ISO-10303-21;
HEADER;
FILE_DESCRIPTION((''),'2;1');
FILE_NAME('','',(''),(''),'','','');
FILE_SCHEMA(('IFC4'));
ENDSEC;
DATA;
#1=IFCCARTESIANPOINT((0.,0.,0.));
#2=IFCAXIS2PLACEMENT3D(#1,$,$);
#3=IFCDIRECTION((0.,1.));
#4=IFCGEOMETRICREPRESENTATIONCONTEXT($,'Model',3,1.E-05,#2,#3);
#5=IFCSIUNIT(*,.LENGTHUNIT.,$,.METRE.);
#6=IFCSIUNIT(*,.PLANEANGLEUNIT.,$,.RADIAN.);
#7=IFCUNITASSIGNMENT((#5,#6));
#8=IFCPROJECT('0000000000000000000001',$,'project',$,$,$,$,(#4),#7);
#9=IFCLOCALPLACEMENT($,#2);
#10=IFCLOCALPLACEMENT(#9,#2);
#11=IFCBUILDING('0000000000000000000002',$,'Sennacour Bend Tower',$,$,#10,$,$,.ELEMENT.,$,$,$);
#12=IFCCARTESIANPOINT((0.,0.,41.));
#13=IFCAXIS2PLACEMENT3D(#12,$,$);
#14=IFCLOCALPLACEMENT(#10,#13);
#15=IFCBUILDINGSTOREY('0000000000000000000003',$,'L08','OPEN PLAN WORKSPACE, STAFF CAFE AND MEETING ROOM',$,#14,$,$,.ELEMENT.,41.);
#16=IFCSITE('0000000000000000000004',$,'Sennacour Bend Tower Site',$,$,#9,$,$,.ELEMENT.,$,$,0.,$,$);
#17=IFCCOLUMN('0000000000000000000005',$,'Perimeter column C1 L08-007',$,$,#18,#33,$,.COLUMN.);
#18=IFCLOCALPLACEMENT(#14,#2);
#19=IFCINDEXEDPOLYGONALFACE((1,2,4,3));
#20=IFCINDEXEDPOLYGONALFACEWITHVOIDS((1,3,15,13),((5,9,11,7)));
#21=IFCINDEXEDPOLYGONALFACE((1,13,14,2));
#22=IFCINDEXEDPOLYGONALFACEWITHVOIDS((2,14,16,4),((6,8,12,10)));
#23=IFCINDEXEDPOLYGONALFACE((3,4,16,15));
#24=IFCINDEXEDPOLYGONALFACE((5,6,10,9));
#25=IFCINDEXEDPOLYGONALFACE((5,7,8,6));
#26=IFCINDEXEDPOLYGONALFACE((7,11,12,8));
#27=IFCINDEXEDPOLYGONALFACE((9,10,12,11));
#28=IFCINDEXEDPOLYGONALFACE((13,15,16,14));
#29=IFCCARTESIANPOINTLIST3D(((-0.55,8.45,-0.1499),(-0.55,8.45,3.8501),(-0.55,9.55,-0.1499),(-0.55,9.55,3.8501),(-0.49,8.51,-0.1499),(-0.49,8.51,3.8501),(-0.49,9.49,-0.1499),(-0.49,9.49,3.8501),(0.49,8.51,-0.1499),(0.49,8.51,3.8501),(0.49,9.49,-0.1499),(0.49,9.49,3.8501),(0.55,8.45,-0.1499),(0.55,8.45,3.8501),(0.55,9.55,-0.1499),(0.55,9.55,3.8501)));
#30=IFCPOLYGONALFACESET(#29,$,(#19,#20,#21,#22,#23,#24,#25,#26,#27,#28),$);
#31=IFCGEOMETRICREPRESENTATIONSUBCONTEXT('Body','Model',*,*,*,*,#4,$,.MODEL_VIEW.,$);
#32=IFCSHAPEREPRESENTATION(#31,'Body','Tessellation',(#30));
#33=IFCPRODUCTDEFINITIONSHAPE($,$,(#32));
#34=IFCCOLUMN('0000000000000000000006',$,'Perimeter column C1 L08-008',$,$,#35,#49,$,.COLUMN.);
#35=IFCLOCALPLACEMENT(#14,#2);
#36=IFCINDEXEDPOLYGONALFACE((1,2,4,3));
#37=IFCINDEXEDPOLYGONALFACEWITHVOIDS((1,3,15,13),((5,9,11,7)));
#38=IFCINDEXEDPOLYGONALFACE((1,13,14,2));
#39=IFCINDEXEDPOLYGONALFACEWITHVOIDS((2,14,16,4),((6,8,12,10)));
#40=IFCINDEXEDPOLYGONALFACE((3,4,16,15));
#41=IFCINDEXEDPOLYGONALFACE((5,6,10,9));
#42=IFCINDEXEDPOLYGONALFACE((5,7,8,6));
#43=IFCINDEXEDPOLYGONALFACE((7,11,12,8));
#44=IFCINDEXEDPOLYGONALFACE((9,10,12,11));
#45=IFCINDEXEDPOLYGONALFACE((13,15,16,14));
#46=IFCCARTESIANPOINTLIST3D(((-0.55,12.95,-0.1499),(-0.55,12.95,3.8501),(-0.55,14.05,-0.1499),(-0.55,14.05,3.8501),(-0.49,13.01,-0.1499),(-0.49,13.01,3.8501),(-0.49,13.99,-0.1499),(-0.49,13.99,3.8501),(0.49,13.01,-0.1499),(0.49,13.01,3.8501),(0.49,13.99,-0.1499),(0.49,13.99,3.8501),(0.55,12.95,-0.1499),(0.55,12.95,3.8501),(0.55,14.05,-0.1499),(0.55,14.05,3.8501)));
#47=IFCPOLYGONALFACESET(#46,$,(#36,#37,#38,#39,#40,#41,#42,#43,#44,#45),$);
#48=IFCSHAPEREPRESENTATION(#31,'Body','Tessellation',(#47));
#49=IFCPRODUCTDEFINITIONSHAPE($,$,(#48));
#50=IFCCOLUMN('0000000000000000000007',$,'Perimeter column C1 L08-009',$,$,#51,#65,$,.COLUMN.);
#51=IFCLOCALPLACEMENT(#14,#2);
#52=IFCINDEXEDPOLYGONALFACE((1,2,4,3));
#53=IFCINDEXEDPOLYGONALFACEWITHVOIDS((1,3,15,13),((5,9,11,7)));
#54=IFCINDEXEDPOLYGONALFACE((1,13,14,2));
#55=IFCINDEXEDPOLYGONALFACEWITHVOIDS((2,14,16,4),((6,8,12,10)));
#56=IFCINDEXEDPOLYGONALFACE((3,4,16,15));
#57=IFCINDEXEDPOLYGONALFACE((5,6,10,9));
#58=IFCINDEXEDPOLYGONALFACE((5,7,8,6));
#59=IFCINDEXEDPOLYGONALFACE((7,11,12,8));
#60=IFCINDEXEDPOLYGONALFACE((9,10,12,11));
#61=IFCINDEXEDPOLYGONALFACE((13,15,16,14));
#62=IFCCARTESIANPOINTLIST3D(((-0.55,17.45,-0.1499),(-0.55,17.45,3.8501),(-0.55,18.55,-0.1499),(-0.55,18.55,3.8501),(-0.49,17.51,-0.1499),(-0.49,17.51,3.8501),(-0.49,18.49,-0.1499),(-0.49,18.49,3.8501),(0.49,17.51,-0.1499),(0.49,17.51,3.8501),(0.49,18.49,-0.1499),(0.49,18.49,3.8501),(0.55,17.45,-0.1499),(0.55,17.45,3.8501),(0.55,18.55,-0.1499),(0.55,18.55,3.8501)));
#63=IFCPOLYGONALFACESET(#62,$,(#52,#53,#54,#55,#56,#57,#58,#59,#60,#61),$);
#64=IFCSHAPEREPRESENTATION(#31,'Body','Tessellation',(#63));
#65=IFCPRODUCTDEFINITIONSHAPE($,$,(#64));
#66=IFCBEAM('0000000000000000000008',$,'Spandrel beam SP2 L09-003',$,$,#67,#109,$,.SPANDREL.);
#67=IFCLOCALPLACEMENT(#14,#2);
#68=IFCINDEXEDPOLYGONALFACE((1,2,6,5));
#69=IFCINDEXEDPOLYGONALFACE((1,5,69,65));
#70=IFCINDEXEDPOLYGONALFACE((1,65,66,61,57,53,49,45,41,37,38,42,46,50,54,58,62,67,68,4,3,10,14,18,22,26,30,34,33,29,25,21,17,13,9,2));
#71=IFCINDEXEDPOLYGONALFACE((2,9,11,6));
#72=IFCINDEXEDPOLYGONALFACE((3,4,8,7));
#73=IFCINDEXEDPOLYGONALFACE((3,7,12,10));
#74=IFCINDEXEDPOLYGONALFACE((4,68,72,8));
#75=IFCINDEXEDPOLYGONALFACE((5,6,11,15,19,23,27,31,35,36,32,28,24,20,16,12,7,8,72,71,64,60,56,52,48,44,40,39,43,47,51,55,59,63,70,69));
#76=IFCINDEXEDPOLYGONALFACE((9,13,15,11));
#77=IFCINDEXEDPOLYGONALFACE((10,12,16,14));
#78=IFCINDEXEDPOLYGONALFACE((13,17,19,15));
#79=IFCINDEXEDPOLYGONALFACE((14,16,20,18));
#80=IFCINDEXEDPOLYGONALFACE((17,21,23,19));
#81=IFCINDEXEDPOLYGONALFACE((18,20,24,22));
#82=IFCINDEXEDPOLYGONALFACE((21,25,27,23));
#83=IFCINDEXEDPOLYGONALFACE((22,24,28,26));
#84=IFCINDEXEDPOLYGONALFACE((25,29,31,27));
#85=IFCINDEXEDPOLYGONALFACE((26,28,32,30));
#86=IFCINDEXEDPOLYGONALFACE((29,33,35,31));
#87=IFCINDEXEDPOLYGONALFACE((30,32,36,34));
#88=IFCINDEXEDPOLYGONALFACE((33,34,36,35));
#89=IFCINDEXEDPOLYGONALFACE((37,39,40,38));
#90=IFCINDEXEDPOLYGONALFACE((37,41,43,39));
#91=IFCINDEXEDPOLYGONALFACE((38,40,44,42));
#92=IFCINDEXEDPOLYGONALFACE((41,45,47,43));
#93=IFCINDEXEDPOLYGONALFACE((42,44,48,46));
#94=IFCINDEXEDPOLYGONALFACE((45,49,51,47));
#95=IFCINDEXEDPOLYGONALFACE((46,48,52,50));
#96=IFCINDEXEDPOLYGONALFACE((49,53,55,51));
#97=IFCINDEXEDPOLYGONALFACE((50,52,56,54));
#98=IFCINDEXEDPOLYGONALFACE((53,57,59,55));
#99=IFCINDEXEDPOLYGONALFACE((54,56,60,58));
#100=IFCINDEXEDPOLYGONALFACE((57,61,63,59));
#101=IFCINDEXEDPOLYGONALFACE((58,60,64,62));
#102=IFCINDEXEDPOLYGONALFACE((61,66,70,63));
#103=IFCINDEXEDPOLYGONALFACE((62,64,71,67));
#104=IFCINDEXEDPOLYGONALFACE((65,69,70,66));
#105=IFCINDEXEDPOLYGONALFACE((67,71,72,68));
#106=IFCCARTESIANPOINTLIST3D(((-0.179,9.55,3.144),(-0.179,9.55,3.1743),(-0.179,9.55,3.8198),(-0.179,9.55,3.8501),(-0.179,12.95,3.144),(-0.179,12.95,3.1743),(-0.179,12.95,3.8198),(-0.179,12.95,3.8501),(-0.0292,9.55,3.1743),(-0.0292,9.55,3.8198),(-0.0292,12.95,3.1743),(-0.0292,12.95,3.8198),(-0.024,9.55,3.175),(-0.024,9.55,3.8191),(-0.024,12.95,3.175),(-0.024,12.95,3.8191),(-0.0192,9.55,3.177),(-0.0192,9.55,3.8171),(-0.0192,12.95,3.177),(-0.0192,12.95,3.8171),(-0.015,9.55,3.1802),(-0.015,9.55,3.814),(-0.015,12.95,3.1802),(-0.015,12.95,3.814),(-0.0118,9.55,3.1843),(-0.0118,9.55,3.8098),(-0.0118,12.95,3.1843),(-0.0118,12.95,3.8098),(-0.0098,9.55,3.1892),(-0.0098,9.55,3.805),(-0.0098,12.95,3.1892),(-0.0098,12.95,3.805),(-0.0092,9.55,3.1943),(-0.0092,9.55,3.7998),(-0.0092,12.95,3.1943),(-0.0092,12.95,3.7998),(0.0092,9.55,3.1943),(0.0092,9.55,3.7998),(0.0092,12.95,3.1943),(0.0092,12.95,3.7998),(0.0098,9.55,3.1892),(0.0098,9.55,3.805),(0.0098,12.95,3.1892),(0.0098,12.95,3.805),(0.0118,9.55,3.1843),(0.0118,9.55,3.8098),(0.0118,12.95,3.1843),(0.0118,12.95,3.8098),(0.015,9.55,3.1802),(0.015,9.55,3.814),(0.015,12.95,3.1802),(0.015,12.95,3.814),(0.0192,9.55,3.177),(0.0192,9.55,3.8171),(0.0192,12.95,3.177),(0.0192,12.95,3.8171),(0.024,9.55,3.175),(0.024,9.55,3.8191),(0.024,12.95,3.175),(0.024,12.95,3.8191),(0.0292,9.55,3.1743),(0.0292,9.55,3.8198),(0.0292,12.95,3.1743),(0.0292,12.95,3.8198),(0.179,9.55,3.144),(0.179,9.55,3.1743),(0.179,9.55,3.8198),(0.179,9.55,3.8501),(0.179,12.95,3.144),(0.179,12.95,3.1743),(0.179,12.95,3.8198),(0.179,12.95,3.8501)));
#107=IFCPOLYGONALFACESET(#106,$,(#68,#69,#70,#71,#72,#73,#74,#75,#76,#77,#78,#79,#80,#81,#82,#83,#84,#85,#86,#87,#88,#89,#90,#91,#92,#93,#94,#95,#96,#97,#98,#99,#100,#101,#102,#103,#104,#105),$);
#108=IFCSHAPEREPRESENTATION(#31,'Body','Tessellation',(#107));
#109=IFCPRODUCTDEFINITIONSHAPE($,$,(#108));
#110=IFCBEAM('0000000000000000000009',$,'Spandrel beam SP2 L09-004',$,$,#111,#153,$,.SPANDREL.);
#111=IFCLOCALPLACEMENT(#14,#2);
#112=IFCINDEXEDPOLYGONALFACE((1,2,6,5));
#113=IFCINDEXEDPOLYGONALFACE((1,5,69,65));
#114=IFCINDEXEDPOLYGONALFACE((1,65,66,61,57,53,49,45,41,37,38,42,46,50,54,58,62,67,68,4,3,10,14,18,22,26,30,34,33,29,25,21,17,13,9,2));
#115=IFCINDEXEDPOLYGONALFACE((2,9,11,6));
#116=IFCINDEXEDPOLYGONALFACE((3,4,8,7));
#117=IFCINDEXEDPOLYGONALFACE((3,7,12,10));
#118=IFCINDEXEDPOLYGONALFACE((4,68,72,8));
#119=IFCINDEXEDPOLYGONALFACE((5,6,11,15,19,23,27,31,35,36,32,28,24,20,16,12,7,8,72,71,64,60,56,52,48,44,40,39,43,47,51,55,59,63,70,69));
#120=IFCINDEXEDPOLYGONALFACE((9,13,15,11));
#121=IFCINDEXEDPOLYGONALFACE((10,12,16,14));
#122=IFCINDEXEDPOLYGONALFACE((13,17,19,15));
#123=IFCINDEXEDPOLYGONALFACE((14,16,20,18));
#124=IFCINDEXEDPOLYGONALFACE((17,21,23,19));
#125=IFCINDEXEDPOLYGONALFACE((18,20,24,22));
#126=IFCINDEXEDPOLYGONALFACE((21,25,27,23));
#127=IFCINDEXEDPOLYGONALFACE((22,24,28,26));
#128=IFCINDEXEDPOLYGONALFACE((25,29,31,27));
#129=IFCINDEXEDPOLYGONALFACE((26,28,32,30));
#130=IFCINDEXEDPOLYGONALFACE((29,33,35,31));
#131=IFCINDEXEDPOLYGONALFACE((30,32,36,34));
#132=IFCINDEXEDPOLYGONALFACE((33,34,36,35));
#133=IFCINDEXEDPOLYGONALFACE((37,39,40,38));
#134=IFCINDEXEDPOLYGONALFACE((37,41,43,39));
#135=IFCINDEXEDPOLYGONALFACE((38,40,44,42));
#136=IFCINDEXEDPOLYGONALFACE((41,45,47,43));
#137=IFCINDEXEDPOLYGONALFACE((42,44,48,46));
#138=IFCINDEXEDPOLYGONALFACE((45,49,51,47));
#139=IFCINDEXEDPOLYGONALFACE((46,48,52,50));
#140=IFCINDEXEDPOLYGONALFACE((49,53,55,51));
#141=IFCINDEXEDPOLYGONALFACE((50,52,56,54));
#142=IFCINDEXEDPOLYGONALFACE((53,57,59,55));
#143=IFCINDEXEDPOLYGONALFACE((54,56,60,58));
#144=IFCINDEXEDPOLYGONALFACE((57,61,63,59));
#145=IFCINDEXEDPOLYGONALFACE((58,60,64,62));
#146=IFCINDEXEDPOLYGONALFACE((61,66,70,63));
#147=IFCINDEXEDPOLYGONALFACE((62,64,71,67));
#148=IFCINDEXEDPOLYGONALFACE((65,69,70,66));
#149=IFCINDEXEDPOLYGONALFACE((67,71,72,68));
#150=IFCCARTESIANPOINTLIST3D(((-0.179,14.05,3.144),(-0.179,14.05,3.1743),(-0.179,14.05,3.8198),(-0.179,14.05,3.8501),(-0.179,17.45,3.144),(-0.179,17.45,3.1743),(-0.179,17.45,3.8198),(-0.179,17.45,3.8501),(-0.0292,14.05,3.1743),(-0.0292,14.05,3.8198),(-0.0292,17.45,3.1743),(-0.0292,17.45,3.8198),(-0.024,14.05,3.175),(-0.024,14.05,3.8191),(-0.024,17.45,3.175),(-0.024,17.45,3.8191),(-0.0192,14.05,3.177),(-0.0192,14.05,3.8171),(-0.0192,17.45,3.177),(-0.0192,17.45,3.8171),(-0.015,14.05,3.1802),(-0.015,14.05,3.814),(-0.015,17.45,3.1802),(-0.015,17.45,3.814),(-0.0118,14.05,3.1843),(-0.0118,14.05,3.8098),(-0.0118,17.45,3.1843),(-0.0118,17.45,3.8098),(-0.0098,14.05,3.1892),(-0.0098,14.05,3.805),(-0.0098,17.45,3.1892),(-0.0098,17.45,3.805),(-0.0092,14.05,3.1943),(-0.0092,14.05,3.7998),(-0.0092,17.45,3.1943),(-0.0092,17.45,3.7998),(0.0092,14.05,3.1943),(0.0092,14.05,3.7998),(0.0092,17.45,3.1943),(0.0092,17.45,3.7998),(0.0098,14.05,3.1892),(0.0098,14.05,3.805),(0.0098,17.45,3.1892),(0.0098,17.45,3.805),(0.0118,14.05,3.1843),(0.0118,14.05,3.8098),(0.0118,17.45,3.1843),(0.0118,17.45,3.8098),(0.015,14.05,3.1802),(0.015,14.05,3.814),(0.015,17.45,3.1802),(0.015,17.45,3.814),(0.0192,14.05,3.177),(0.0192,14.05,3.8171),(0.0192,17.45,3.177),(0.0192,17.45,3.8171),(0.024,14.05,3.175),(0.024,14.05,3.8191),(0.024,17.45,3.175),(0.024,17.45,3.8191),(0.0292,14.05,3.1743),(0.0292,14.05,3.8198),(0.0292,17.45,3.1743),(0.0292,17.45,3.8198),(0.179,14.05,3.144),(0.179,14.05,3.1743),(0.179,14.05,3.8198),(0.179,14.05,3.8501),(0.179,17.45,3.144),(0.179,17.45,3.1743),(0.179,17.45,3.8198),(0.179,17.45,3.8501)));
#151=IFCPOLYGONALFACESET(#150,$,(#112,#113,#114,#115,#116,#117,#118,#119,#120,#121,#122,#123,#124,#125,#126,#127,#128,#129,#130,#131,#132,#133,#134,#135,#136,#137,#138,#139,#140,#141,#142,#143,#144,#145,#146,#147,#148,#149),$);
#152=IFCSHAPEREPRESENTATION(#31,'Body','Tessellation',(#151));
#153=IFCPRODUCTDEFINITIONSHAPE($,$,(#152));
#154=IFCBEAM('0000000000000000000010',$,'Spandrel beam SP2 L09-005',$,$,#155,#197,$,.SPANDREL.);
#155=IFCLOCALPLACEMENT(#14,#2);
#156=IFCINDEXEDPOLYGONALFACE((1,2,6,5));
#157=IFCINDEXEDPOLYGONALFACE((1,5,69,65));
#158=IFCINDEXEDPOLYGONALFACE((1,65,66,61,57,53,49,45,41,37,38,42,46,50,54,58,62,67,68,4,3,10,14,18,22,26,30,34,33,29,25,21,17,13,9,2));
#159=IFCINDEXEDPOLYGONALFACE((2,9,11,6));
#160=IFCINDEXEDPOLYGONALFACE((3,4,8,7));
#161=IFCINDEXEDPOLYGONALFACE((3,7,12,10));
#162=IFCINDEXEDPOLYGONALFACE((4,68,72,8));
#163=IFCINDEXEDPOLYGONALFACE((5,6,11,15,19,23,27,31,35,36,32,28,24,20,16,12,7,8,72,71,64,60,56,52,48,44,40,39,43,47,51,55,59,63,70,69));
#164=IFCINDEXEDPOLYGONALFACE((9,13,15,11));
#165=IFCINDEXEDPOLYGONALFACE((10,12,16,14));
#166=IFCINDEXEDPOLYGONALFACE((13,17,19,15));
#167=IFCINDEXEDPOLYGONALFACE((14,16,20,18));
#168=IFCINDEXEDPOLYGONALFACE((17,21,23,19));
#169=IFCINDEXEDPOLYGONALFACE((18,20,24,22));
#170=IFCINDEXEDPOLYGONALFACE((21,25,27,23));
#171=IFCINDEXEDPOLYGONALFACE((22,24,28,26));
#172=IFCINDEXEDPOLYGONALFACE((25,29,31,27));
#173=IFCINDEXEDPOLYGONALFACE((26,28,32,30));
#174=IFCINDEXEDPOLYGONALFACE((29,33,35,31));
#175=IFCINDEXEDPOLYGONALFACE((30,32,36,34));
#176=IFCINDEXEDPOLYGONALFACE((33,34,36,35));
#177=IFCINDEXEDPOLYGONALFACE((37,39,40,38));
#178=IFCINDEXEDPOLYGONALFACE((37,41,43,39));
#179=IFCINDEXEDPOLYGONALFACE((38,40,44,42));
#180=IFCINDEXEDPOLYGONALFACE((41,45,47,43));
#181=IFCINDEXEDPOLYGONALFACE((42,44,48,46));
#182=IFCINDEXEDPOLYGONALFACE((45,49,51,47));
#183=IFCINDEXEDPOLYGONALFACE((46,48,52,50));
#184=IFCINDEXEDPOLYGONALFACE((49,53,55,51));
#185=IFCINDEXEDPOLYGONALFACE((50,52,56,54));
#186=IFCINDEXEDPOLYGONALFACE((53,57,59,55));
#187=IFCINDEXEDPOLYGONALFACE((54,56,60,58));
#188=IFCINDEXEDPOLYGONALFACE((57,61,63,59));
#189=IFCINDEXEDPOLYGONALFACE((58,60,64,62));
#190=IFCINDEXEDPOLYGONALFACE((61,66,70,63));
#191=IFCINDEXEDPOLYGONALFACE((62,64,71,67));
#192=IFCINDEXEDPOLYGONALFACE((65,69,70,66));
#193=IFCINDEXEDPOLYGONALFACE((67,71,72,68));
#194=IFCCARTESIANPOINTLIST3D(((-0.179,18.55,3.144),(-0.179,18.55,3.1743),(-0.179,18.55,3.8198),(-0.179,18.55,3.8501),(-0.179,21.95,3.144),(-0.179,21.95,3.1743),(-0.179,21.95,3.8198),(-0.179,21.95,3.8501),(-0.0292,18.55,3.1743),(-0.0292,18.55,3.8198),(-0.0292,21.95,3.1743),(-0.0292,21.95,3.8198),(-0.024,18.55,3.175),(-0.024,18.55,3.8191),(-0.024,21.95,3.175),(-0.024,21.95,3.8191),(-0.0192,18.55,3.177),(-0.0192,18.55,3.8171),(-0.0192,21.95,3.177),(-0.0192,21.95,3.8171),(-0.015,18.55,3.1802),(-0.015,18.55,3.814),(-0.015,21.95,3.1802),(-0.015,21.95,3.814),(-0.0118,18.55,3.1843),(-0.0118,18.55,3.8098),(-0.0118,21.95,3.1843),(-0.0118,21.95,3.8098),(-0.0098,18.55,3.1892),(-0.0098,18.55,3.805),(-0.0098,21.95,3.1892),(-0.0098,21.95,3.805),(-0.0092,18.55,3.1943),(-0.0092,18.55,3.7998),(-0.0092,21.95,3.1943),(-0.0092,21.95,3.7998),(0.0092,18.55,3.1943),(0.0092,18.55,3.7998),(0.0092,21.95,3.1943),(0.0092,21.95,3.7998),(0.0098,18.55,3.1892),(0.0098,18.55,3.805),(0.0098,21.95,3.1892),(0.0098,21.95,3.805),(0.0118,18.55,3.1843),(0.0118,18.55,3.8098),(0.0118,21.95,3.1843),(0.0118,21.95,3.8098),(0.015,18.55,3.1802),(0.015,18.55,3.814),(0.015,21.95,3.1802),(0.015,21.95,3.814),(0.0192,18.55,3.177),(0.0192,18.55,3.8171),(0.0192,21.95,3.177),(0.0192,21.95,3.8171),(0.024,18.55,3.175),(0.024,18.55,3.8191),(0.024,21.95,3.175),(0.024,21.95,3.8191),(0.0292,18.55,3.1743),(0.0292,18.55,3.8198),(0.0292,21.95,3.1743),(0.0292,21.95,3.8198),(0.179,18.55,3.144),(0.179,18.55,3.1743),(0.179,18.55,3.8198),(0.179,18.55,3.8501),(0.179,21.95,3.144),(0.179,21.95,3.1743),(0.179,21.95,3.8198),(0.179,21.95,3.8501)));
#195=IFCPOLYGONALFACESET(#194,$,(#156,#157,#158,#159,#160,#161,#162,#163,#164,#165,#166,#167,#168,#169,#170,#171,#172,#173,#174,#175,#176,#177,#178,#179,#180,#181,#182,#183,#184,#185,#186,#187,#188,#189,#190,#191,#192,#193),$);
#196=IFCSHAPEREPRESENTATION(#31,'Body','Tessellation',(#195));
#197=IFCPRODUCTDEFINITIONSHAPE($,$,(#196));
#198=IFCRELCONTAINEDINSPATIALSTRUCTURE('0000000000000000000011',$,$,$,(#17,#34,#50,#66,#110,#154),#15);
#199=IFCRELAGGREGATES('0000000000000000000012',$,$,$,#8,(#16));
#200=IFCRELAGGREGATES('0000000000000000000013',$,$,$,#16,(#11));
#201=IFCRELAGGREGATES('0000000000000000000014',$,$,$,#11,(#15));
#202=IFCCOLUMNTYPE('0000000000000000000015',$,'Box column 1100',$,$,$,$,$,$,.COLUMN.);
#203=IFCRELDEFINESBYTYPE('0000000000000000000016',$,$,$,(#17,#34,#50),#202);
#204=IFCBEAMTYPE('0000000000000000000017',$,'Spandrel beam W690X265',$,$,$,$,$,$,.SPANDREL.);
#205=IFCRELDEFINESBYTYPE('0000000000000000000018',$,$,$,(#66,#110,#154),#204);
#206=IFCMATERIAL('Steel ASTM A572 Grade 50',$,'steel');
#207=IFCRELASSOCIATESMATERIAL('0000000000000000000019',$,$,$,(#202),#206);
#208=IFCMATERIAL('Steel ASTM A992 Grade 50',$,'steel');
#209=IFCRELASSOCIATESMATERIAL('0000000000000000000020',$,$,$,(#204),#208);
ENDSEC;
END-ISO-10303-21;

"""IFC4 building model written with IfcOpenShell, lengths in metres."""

from ifc_helpers import new_model, si_unit, direction, frame, origin, origin_2d, place, context, subcontext, project, spatial, hollow_rectangle, i_section, extrude, material, material_profile, profile_set, type_object, element, save


model = new_model("IFC4")

# Units and contexts
model_context = context("Model", 3, precision=1e-05, world=origin(), true_north=direction((0.0, 1.0)))
body_context = subcontext(model_context, "Body", "Model", "MODEL_VIEW")
ifc_project = project(units=[si_unit("LENGTHUNIT", "METRE"), si_unit("PLANEANGLEUNIT", "RADIAN")], contexts=[model_context])

# Site, building, storey
site_placement = place(None, origin())
site = spatial("IfcSite", under=ifc_project, at=site_placement, Name="Sennacour Bend Tower Site", CompositionType="ELEMENT", RefElevation=0.0)
building_placement = place(site_placement, origin())
building = spatial("IfcBuilding", under=site, at=building_placement, Name="Sennacour Bend Tower", CompositionType="ELEMENT")
storey_placement = place(building_placement, frame((0.0, 0.0, 41.0)))
storey = spatial("IfcBuildingStorey", under=building, at=storey_placement, Name="L08", Description="OPEN PLAN WORKSPACE, STAFF CAFE AND MEETING ROOM", CompositionType="ELEMENT", Elevation=41.0)

# Columns
ifc_material_1 = material(Name="Steel ASTM A572 Grade 50", Category="steel")
ifc_material_profile_1 = material_profile(ifc_material_1, hollow_rectangle(XDim=1.1001, YDim=1.1001, WallThickness=0.0601, at=origin_2d()), Name="Steel ASTM A572 Grade 50", Category="steel")
ifc_profile_set_1 = profile_set([ifc_material_profile_1], Name="Steel ASTM A572 Grade 50")
column_type = type_object("IfcColumnType", Name="Box column 1100", PredefinedType="COLUMN", material=ifc_profile_set_1)
for number, where, z_axis, x_axis, name in (
    (1, (0.0, 9.0, -0.1499), (0.0, 0.0, 1.0), (1.0, 0.0, 0.0), "Perimeter column C1 L08-007"),
    (2, (0.0, 13.5, -0.1499), (0.0, 0.0, 1.0), (1.0, 0.0, 0.0), "Perimeter column C1 L08-008"),
    (3, (0.0, 18.0, -0.1499), (0.0, 0.0, 1.0), (1.0, 0.0, 0.0), "Perimeter column C1 L08-009"),
):
    element("IfcColumn", number, at=place(storey_placement, frame(where, z_axis=z_axis, x_axis=x_axis)), inside=storey, type_object=column_type, Name=name, PredefinedType="COLUMN", context=body_context, shape_type="SweptSolid", body=[
        extrude(hollow_rectangle(XDim=1.1001, YDim=1.1001, WallThickness=0.0601, at=origin_2d()), origin(), (0.0, 0.0, 1.0), 4.0),
    ])

# Beams
ifc_material_2 = material(Name="Steel ASTM A992 Grade 50", Category="steel")
ifc_material_profile_2 = material_profile(ifc_material_2, i_section(OverallWidth=0.3579, OverallDepth=0.7061, WebThickness=0.0183, FlangeThickness=0.0303, FilletRadius=0.02, at=origin_2d()), Name="Steel ASTM A992 Grade 50", Category="steel")
ifc_profile_set_2 = profile_set([ifc_material_profile_2], Name="Steel ASTM A992 Grade 50")
beam_type = type_object("IfcBeamType", Name="Spandrel beam W690X265", PredefinedType="SPANDREL", material=ifc_profile_set_2)
for number, where, z_axis, x_axis, name in (
    (4, (0.0, 9.55, 3.4971), (0.0, 1.0, 0.0), (-1.0, 0.0, 0.0), "Spandrel beam SP2 L09-003"),
    (5, (0.0, 14.05, 3.4971), (0.0, 1.0, 0.0), (-1.0, 0.0, 0.0), "Spandrel beam SP2 L09-004"),
    (6, (0.0, 18.55, 3.4971), (0.0, 1.0, 0.0), (-1.0, 0.0, 0.0), "Spandrel beam SP2 L09-005"),
):
    element("IfcBeam", number, at=place(storey_placement, frame(where, z_axis=z_axis, x_axis=x_axis)), inside=storey, type_object=beam_type, Name=name, PredefinedType="SPANDREL", context=body_context, shape_type="SweptSolid", body=[
        extrude(i_section(OverallWidth=0.3579, OverallDepth=0.7061, WebThickness=0.0183, FlangeThickness=0.0303, FilletRadius=0.02, at=origin_2d()), origin(), (0.0, 0.0, 1.0), 3.3999),
    ])

save(model, "model.ifc")
